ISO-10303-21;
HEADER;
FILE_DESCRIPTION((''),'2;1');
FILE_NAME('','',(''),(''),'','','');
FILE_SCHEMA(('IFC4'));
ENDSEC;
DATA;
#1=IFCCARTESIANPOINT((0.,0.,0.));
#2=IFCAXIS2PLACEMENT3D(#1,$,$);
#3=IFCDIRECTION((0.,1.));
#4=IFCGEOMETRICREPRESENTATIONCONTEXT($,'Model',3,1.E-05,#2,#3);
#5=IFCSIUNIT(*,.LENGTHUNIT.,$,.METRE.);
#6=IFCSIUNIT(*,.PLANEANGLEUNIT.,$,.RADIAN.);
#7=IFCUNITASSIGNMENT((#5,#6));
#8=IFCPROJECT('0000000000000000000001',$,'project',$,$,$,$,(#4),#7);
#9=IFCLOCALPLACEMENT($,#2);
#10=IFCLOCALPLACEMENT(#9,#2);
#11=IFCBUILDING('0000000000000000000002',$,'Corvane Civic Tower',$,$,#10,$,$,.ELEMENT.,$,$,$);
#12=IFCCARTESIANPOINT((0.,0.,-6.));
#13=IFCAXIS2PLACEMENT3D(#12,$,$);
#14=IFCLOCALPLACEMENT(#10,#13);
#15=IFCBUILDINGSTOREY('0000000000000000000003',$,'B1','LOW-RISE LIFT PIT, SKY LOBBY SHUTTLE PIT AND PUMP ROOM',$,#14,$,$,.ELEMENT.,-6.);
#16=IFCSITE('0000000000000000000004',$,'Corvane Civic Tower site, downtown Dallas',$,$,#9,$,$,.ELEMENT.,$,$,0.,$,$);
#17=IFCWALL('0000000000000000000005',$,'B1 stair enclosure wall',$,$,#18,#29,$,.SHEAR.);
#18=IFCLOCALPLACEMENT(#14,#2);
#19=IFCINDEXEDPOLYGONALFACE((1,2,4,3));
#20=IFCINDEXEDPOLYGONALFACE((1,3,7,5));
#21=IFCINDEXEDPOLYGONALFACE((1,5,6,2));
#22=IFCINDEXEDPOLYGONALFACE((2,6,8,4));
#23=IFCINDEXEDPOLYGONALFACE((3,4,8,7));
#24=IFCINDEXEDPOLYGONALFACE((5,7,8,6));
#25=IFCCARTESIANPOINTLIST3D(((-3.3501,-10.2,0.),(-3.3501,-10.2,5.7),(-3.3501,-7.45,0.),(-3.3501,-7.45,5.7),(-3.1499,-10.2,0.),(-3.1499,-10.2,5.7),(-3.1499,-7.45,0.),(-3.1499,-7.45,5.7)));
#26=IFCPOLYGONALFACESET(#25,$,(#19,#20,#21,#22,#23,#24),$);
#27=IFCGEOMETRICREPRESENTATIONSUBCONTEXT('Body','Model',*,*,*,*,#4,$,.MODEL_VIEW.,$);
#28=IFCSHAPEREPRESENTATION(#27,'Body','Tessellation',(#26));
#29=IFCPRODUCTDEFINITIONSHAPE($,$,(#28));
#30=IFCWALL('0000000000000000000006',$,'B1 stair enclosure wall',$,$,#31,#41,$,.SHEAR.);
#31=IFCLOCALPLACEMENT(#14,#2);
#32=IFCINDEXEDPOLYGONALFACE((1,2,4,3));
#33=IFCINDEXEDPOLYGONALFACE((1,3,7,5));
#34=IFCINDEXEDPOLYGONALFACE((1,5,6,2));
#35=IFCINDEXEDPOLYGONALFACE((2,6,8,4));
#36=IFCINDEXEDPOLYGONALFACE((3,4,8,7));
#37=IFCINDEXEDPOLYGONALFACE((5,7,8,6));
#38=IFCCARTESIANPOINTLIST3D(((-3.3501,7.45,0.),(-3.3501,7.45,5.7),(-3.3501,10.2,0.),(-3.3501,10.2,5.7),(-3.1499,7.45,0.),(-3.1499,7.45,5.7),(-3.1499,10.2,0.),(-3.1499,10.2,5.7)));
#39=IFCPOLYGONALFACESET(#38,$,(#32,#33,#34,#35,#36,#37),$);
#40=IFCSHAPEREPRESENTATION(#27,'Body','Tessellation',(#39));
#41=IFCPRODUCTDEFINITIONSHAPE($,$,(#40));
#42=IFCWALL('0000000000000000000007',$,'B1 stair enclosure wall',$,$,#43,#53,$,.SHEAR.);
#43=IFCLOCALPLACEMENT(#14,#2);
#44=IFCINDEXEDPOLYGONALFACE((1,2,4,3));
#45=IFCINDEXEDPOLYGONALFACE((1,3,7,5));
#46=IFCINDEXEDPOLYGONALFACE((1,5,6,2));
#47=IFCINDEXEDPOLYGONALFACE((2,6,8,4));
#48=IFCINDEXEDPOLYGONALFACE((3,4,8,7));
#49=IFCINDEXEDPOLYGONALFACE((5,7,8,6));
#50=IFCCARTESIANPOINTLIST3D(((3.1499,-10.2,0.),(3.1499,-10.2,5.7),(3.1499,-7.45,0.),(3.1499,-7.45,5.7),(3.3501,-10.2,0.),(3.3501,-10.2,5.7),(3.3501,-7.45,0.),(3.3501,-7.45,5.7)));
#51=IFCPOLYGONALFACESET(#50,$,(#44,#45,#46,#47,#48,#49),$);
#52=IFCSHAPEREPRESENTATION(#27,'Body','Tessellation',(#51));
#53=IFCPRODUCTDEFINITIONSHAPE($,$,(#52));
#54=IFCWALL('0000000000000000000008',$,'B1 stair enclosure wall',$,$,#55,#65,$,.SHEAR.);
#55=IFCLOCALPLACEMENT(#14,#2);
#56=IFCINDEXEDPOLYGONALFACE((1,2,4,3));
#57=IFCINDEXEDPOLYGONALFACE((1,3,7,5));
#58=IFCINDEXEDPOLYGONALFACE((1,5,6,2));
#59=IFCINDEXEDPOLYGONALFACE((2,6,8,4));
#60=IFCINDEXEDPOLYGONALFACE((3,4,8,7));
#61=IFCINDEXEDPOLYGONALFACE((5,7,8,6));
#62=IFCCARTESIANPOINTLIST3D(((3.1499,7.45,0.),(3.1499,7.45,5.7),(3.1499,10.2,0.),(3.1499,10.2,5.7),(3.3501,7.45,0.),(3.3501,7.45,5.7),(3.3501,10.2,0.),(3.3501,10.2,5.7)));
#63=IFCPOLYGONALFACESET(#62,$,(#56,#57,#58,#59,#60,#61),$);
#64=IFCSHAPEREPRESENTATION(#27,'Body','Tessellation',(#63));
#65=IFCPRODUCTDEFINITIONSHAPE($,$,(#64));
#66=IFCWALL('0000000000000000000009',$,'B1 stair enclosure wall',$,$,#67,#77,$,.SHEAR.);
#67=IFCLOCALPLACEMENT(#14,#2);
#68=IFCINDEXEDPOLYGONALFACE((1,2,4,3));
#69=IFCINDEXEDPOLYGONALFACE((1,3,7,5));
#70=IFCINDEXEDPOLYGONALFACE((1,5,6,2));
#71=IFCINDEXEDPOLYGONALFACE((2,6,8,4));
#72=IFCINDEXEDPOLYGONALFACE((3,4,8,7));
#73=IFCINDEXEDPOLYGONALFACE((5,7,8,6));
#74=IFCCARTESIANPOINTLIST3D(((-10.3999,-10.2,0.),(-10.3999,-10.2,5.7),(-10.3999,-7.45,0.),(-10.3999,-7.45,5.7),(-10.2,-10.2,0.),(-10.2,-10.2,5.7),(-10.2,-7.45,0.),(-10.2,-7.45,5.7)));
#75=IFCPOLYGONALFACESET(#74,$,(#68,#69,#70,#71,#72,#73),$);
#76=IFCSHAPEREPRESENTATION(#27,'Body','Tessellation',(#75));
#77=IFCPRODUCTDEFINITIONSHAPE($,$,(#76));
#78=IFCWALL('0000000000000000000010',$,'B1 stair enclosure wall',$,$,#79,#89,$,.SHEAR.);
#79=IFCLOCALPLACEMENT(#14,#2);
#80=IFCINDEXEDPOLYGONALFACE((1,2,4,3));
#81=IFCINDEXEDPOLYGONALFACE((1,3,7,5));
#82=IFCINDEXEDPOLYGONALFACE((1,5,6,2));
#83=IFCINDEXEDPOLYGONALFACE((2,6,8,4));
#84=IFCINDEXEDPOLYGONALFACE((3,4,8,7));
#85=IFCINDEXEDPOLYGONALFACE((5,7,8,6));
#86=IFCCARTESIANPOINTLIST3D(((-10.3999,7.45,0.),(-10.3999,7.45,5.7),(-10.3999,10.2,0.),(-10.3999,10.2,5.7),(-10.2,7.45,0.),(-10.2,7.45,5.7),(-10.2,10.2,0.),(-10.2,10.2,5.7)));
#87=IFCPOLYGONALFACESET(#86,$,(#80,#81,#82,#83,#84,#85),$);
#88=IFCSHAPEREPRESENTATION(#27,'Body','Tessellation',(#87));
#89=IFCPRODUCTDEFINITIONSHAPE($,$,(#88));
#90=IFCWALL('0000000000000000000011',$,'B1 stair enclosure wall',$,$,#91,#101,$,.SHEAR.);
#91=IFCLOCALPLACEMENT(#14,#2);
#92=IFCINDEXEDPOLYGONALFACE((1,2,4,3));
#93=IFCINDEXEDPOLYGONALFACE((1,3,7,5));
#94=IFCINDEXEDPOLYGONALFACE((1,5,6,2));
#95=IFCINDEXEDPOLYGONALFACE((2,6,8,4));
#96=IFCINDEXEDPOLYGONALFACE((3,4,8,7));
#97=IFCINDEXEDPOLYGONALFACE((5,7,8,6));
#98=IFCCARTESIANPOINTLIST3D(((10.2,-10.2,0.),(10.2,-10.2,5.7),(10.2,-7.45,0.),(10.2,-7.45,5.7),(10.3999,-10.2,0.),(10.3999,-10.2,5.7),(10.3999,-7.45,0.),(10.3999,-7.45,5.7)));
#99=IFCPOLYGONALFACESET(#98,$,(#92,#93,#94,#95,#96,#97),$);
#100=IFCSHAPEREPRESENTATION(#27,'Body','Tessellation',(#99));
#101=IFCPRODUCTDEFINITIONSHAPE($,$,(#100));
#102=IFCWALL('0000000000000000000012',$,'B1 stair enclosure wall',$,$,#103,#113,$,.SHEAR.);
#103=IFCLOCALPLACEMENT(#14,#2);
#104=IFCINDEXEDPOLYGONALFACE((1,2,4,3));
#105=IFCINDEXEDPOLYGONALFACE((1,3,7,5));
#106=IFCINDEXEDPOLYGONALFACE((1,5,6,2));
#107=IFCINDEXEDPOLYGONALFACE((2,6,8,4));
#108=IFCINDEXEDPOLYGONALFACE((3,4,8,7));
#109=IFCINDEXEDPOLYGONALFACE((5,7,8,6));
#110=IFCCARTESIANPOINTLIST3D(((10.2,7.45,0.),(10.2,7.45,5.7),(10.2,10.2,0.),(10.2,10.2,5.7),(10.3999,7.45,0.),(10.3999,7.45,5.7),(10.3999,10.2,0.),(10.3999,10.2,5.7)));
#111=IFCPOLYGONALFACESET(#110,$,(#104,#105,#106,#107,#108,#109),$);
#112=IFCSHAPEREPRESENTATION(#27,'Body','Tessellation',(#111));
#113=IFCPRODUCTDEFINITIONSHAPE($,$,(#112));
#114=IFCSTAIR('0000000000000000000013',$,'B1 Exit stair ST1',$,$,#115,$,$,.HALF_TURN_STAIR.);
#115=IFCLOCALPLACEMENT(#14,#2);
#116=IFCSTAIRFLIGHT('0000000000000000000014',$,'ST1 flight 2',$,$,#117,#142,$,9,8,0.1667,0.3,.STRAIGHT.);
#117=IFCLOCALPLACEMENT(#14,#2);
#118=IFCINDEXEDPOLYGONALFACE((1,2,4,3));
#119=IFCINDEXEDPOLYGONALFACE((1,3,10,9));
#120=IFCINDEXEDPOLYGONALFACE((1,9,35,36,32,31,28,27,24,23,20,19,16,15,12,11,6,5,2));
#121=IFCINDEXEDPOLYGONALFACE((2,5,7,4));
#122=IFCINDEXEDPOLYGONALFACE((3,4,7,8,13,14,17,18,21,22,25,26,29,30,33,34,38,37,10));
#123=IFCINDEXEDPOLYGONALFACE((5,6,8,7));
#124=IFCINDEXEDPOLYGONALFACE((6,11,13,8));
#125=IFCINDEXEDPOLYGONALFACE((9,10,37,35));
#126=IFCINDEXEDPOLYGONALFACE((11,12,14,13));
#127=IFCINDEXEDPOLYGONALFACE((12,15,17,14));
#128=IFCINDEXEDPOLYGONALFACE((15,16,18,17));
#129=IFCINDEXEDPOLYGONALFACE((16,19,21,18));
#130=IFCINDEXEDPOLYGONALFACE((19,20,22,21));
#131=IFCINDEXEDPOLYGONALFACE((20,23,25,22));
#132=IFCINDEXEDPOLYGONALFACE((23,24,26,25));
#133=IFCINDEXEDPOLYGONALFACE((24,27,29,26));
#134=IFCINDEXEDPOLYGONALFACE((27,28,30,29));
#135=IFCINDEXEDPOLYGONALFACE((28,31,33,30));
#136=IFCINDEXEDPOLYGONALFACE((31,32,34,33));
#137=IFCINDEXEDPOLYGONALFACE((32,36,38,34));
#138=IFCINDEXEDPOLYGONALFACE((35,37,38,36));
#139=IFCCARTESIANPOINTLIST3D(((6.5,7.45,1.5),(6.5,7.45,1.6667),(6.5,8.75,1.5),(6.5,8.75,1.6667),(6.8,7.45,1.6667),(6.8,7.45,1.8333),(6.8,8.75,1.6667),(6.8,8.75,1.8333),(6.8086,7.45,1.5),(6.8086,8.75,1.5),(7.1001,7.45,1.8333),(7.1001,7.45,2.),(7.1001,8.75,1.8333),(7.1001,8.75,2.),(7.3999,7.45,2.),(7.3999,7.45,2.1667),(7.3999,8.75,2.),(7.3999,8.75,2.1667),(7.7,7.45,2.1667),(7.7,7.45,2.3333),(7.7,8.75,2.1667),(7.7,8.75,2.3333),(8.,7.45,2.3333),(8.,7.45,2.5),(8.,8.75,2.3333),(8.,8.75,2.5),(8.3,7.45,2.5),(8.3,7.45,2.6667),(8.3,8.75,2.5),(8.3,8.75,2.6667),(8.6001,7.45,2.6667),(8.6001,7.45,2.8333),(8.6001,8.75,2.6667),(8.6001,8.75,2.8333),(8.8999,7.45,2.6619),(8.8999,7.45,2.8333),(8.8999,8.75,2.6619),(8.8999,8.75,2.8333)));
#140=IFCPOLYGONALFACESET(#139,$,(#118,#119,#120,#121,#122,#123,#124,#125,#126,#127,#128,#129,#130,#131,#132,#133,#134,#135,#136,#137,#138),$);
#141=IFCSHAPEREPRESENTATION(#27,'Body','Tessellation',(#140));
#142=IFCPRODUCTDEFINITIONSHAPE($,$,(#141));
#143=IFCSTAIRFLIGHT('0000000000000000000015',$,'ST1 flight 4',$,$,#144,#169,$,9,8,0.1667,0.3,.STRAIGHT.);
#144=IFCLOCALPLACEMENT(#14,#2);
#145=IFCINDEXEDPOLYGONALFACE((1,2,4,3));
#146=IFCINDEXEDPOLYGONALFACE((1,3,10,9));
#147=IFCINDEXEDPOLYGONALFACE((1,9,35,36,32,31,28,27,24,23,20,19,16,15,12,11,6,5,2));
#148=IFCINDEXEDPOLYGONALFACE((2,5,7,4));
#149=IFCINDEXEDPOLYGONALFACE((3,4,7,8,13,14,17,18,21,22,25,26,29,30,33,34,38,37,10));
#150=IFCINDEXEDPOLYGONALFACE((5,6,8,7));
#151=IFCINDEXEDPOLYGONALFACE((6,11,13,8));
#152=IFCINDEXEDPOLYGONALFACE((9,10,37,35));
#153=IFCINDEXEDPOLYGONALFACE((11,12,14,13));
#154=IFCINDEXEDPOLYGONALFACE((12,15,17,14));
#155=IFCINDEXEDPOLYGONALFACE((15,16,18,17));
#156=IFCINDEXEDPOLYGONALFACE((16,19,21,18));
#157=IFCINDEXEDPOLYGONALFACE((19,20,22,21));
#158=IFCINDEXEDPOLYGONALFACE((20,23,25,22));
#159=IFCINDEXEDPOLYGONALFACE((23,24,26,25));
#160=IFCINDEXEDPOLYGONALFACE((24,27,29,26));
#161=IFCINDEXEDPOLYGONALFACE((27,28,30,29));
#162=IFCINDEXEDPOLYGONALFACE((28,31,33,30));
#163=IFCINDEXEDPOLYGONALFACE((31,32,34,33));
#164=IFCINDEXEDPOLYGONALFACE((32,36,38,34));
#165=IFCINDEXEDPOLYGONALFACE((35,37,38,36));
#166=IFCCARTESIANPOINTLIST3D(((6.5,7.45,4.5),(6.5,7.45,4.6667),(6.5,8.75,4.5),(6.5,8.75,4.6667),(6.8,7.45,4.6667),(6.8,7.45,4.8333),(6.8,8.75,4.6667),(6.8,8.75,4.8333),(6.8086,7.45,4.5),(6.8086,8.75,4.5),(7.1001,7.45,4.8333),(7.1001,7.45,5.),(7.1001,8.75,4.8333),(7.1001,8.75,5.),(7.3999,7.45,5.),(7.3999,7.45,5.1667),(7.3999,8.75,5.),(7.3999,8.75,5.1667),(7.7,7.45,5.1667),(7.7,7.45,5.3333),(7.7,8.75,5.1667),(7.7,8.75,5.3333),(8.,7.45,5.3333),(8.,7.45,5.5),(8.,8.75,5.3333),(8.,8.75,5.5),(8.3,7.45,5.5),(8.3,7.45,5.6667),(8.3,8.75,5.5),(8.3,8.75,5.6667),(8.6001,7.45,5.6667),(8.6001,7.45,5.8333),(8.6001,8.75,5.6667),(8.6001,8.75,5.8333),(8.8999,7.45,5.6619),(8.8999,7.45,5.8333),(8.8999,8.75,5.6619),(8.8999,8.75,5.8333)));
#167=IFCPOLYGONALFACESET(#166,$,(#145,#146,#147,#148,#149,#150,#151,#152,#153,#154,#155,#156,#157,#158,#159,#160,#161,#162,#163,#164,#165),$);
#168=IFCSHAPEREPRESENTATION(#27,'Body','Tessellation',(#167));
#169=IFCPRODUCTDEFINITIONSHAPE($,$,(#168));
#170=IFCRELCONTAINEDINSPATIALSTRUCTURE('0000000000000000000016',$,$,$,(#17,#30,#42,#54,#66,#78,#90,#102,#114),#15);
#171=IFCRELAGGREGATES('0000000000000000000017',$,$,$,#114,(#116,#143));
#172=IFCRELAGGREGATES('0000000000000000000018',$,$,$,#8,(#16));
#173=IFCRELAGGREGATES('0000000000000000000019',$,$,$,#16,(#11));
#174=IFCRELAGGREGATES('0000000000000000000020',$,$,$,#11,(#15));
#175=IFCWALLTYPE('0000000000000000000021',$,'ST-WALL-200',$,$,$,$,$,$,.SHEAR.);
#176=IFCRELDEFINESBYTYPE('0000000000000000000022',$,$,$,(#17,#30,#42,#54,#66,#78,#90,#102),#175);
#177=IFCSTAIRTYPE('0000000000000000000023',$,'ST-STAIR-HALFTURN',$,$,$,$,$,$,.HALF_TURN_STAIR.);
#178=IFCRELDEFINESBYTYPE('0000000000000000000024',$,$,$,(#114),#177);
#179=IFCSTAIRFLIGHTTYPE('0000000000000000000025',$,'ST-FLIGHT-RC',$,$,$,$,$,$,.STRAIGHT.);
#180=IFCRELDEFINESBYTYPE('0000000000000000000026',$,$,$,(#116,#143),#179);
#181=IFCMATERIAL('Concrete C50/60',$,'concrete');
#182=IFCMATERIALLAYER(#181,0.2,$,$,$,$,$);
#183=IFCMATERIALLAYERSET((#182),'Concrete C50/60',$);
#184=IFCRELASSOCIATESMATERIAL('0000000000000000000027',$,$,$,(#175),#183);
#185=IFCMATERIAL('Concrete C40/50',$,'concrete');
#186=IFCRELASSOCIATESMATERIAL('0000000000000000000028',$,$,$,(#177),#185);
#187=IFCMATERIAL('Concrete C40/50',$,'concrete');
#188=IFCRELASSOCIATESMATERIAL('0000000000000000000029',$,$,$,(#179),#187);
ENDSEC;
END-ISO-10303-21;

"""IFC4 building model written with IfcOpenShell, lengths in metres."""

from ifc_helpers import new_model, si_unit, direction, frame, origin, place, context, subcontext, project, spatial, polyline, outline, extrude, material, layer, layer_set, type_object, element, aggregate, save


model = new_model("IFC4")

# Units and contexts
model_context = context("Model", 3, precision=1e-05, world=origin(), true_north=direction((0.0, 1.0)))
body_context = subcontext(model_context, "Body", "Model", "MODEL_VIEW")
ifc_project = project(units=[si_unit("LENGTHUNIT", "METRE"), si_unit("PLANEANGLEUNIT", "RADIAN")], contexts=[model_context])

# Site, building, storey
site_placement = place(None, origin())
site = spatial("IfcSite", under=ifc_project, at=site_placement, Name="Corvane Civic Tower site, downtown Dallas", CompositionType="ELEMENT", RefElevation=0.0)
building_placement = place(site_placement, origin())
building = spatial("IfcBuilding", under=site, at=building_placement, Name="Corvane Civic Tower", CompositionType="ELEMENT")
storey_placement = place(building_placement, frame((0.0, 0.0, -6.0)))
storey = spatial("IfcBuildingStorey", under=building, at=storey_placement, Name="B1", Description="LOW-RISE LIFT PIT, SKY LOBBY SHUTTLE PIT AND PUMP ROOM", CompositionType="ELEMENT", Elevation=-6.0)

# Shared definitions
ifc_material_1 = material(Name="Concrete C50/60", Category="concrete")
ifc_layer_1 = layer(ifc_material_1, 0.2)
ifc_layer_set_1 = layer_set([ifc_layer_1], Name="Concrete C50/60")
wall_type_1 = type_object("IfcWallType", Name="ST-WALL-200", PredefinedType="SHEAR", material=ifc_layer_set_1)

# Walls
wall_1_placement = place(storey_placement, origin())
element("IfcWall", 1, at=wall_1_placement, inside=storey, type_object=wall_type_1, Name="B1 stair enclosure wall", PredefinedType="SHEAR", context=body_context, shape_type="SweptSolid", body=[
    extrude(outline(polyline([(-3.1499, -7.45), (-3.1499, -10.2), (-3.3501, -10.2), (-3.3501, -7.45), (-3.1499, -7.45)])), origin(), (0.0, 0.0, 1.0), 5.7),
])
wall_2_placement = place(storey_placement, origin())
element("IfcWall", 2, at=wall_2_placement, inside=storey, type_object=wall_type_1, Name="B1 stair enclosure wall", PredefinedType="SHEAR", context=body_context, shape_type="SweptSolid", body=[
    extrude(outline(polyline([(-3.1499, 7.45), (-3.3501, 7.45), (-3.3501, 10.2), (-3.1499, 10.2), (-3.1499, 7.45)])), origin(), (0.0, 0.0, 1.0), 5.7),
])
wall_3_placement = place(storey_placement, origin())
element("IfcWall", 3, at=wall_3_placement, inside=storey, type_object=wall_type_1, Name="B1 stair enclosure wall", PredefinedType="SHEAR", context=body_context, shape_type="SweptSolid", body=[
    extrude(outline(polyline([(3.3501, -7.45), (3.3501, -10.2), (3.1499, -10.2), (3.1499, -7.45), (3.3501, -7.45)])), origin(), (0.0, 0.0, 1.0), 5.7),
])
wall_4_placement = place(storey_placement, origin())
element("IfcWall", 4, at=wall_4_placement, inside=storey, type_object=wall_type_1, Name="B1 stair enclosure wall", PredefinedType="SHEAR", context=body_context, shape_type="SweptSolid", body=[
    extrude(outline(polyline([(3.3501, 7.45), (3.1499, 7.45), (3.1499, 10.2), (3.3501, 10.2), (3.3501, 7.45)])), origin(), (0.0, 0.0, 1.0), 5.7),
])
wall_5_placement = place(storey_placement, origin())
element("IfcWall", 5, at=wall_5_placement, inside=storey, type_object=wall_type_1, Name="B1 stair enclosure wall", PredefinedType="SHEAR", context=body_context, shape_type="SweptSolid", body=[
    extrude(outline(polyline([(-10.2, -7.45), (-10.2, -10.2), (-10.3999, -10.2), (-10.3999, -7.45), (-10.2, -7.45)])), origin(), (0.0, 0.0, 1.0), 5.7),
])
wall_6_placement = place(storey_placement, origin())
element("IfcWall", 6, at=wall_6_placement, inside=storey, type_object=wall_type_1, Name="B1 stair enclosure wall", PredefinedType="SHEAR", context=body_context, shape_type="SweptSolid", body=[
    extrude(outline(polyline([(-10.2, 7.45), (-10.3999, 7.45), (-10.3999, 10.2), (-10.2, 10.2), (-10.2, 7.45)])), origin(), (0.0, 0.0, 1.0), 5.7),
])
wall_7_placement = place(storey_placement, origin())
element("IfcWall", 7, at=wall_7_placement, inside=storey, type_object=wall_type_1, Name="B1 stair enclosure wall", PredefinedType="SHEAR", context=body_context, shape_type="SweptSolid", body=[
    extrude(outline(polyline([(10.3999, -7.45), (10.3999, -10.2), (10.2, -10.2), (10.2, -7.45), (10.3999, -7.45)])), origin(), (0.0, 0.0, 1.0), 5.7),
])
wall_8_placement = place(storey_placement, origin())
element("IfcWall", 8, at=wall_8_placement, inside=storey, type_object=wall_type_1, Name="B1 stair enclosure wall", PredefinedType="SHEAR", context=body_context, shape_type="SweptSolid", body=[
    extrude(outline(polyline([(10.3999, 7.45), (10.2, 7.45), (10.2, 10.2), (10.3999, 10.2), (10.3999, 7.45)])), origin(), (0.0, 0.0, 1.0), 5.7),
])

# Stair, stair flights
ifc_material_2 = material(Name="Concrete C40/50", Category="concrete")
stair_type = type_object("IfcStairType", Name="ST-STAIR-HALFTURN", PredefinedType="HALF_TURN_STAIR", material=ifc_material_2)
stair_placement = place(storey_placement, origin())
stair = element("IfcStair", 9, at=stair_placement, inside=storey, type_object=stair_type, Name="B1 Exit stair ST1", PredefinedType="HALF_TURN_STAIR")
ifc_material_3 = material(Name="Concrete C40/50", Category="concrete")
stair_flight_type = type_object("IfcStairFlightType", Name="ST-FLIGHT-RC", PredefinedType="STRAIGHT", material=ifc_material_3)
stair_flight_1_placement = place(storey_placement, frame((6.5, 8.1001, 1.5), z_axis=(0.0, 0.0, 1.0), x_axis=(1.0, 0.0, 0.0)))
stair_flight_1 = element("IfcStairFlight", 10, at=stair_flight_1_placement, type_object=stair_flight_type, Name="ST1 flight 2", NumberOfRisers=9, NumberOfTreads=8, PredefinedType="STRAIGHT", RiserHeight=0.1667, TreadLength=0.3, context=body_context, shape_type="SweptSolid", body=[
    extrude(outline(polyline([(0.0, 0.0), (0.0, 0.1667), (0.3, 0.1667), (0.3, 0.3333), (0.6001, 0.3333), (0.6001, 0.5), (0.8999, 0.5), (0.8999, 0.6667), (1.2, 0.6667), (1.2, 0.8333), (1.5, 0.8333), (1.5, 1.0), (1.8, 1.0), (1.8, 1.1667), (2.1001, 1.1667), (2.1001, 1.3333), (2.3999, 1.3333), (2.3999, 1.5), (2.3999, 1.1619), (0.3086, 0.0), (0.0, 0.0)])), frame((0.0, 0.6499, 0.0), z_axis=(0.0, -1.0, 0.0), x_axis=(1.0, 0.0, 0.0)), (0.0, 0.0, 1.0), 1.3),
])
stair_flight_2_placement = place(storey_placement, frame((6.5, 8.1001, 4.5), z_axis=(0.0, 0.0, 1.0), x_axis=(1.0, 0.0, 0.0)))
stair_flight_2 = element("IfcStairFlight", 11, at=stair_flight_2_placement, type_object=stair_flight_type, Name="ST1 flight 4", NumberOfRisers=9, NumberOfTreads=8, PredefinedType="STRAIGHT", RiserHeight=0.1667, TreadLength=0.3, context=body_context, shape_type="SweptSolid", body=[
    extrude(outline(polyline([(0.0, 0.0), (0.0, 0.1667), (0.3, 0.1667), (0.3, 0.3333), (0.6001, 0.3333), (0.6001, 0.5), (0.8999, 0.5), (0.8999, 0.6667), (1.2, 0.6667), (1.2, 0.8333), (1.5, 0.8333), (1.5, 1.0), (1.8, 1.0), (1.8, 1.1667), (2.1001, 1.1667), (2.1001, 1.3333), (2.3999, 1.3333), (2.3999, 1.5), (2.3999, 1.1619), (0.3086, 0.0), (0.0, 0.0)])), frame((0.0, 0.6499, 0.0), z_axis=(0.0, -1.0, 0.0), x_axis=(1.0, 0.0, 0.0)), (0.0, 0.0, 1.0), 1.3),
])
aggregate(stair, [stair_flight_1, stair_flight_2])

save(model, "model.ifc")
